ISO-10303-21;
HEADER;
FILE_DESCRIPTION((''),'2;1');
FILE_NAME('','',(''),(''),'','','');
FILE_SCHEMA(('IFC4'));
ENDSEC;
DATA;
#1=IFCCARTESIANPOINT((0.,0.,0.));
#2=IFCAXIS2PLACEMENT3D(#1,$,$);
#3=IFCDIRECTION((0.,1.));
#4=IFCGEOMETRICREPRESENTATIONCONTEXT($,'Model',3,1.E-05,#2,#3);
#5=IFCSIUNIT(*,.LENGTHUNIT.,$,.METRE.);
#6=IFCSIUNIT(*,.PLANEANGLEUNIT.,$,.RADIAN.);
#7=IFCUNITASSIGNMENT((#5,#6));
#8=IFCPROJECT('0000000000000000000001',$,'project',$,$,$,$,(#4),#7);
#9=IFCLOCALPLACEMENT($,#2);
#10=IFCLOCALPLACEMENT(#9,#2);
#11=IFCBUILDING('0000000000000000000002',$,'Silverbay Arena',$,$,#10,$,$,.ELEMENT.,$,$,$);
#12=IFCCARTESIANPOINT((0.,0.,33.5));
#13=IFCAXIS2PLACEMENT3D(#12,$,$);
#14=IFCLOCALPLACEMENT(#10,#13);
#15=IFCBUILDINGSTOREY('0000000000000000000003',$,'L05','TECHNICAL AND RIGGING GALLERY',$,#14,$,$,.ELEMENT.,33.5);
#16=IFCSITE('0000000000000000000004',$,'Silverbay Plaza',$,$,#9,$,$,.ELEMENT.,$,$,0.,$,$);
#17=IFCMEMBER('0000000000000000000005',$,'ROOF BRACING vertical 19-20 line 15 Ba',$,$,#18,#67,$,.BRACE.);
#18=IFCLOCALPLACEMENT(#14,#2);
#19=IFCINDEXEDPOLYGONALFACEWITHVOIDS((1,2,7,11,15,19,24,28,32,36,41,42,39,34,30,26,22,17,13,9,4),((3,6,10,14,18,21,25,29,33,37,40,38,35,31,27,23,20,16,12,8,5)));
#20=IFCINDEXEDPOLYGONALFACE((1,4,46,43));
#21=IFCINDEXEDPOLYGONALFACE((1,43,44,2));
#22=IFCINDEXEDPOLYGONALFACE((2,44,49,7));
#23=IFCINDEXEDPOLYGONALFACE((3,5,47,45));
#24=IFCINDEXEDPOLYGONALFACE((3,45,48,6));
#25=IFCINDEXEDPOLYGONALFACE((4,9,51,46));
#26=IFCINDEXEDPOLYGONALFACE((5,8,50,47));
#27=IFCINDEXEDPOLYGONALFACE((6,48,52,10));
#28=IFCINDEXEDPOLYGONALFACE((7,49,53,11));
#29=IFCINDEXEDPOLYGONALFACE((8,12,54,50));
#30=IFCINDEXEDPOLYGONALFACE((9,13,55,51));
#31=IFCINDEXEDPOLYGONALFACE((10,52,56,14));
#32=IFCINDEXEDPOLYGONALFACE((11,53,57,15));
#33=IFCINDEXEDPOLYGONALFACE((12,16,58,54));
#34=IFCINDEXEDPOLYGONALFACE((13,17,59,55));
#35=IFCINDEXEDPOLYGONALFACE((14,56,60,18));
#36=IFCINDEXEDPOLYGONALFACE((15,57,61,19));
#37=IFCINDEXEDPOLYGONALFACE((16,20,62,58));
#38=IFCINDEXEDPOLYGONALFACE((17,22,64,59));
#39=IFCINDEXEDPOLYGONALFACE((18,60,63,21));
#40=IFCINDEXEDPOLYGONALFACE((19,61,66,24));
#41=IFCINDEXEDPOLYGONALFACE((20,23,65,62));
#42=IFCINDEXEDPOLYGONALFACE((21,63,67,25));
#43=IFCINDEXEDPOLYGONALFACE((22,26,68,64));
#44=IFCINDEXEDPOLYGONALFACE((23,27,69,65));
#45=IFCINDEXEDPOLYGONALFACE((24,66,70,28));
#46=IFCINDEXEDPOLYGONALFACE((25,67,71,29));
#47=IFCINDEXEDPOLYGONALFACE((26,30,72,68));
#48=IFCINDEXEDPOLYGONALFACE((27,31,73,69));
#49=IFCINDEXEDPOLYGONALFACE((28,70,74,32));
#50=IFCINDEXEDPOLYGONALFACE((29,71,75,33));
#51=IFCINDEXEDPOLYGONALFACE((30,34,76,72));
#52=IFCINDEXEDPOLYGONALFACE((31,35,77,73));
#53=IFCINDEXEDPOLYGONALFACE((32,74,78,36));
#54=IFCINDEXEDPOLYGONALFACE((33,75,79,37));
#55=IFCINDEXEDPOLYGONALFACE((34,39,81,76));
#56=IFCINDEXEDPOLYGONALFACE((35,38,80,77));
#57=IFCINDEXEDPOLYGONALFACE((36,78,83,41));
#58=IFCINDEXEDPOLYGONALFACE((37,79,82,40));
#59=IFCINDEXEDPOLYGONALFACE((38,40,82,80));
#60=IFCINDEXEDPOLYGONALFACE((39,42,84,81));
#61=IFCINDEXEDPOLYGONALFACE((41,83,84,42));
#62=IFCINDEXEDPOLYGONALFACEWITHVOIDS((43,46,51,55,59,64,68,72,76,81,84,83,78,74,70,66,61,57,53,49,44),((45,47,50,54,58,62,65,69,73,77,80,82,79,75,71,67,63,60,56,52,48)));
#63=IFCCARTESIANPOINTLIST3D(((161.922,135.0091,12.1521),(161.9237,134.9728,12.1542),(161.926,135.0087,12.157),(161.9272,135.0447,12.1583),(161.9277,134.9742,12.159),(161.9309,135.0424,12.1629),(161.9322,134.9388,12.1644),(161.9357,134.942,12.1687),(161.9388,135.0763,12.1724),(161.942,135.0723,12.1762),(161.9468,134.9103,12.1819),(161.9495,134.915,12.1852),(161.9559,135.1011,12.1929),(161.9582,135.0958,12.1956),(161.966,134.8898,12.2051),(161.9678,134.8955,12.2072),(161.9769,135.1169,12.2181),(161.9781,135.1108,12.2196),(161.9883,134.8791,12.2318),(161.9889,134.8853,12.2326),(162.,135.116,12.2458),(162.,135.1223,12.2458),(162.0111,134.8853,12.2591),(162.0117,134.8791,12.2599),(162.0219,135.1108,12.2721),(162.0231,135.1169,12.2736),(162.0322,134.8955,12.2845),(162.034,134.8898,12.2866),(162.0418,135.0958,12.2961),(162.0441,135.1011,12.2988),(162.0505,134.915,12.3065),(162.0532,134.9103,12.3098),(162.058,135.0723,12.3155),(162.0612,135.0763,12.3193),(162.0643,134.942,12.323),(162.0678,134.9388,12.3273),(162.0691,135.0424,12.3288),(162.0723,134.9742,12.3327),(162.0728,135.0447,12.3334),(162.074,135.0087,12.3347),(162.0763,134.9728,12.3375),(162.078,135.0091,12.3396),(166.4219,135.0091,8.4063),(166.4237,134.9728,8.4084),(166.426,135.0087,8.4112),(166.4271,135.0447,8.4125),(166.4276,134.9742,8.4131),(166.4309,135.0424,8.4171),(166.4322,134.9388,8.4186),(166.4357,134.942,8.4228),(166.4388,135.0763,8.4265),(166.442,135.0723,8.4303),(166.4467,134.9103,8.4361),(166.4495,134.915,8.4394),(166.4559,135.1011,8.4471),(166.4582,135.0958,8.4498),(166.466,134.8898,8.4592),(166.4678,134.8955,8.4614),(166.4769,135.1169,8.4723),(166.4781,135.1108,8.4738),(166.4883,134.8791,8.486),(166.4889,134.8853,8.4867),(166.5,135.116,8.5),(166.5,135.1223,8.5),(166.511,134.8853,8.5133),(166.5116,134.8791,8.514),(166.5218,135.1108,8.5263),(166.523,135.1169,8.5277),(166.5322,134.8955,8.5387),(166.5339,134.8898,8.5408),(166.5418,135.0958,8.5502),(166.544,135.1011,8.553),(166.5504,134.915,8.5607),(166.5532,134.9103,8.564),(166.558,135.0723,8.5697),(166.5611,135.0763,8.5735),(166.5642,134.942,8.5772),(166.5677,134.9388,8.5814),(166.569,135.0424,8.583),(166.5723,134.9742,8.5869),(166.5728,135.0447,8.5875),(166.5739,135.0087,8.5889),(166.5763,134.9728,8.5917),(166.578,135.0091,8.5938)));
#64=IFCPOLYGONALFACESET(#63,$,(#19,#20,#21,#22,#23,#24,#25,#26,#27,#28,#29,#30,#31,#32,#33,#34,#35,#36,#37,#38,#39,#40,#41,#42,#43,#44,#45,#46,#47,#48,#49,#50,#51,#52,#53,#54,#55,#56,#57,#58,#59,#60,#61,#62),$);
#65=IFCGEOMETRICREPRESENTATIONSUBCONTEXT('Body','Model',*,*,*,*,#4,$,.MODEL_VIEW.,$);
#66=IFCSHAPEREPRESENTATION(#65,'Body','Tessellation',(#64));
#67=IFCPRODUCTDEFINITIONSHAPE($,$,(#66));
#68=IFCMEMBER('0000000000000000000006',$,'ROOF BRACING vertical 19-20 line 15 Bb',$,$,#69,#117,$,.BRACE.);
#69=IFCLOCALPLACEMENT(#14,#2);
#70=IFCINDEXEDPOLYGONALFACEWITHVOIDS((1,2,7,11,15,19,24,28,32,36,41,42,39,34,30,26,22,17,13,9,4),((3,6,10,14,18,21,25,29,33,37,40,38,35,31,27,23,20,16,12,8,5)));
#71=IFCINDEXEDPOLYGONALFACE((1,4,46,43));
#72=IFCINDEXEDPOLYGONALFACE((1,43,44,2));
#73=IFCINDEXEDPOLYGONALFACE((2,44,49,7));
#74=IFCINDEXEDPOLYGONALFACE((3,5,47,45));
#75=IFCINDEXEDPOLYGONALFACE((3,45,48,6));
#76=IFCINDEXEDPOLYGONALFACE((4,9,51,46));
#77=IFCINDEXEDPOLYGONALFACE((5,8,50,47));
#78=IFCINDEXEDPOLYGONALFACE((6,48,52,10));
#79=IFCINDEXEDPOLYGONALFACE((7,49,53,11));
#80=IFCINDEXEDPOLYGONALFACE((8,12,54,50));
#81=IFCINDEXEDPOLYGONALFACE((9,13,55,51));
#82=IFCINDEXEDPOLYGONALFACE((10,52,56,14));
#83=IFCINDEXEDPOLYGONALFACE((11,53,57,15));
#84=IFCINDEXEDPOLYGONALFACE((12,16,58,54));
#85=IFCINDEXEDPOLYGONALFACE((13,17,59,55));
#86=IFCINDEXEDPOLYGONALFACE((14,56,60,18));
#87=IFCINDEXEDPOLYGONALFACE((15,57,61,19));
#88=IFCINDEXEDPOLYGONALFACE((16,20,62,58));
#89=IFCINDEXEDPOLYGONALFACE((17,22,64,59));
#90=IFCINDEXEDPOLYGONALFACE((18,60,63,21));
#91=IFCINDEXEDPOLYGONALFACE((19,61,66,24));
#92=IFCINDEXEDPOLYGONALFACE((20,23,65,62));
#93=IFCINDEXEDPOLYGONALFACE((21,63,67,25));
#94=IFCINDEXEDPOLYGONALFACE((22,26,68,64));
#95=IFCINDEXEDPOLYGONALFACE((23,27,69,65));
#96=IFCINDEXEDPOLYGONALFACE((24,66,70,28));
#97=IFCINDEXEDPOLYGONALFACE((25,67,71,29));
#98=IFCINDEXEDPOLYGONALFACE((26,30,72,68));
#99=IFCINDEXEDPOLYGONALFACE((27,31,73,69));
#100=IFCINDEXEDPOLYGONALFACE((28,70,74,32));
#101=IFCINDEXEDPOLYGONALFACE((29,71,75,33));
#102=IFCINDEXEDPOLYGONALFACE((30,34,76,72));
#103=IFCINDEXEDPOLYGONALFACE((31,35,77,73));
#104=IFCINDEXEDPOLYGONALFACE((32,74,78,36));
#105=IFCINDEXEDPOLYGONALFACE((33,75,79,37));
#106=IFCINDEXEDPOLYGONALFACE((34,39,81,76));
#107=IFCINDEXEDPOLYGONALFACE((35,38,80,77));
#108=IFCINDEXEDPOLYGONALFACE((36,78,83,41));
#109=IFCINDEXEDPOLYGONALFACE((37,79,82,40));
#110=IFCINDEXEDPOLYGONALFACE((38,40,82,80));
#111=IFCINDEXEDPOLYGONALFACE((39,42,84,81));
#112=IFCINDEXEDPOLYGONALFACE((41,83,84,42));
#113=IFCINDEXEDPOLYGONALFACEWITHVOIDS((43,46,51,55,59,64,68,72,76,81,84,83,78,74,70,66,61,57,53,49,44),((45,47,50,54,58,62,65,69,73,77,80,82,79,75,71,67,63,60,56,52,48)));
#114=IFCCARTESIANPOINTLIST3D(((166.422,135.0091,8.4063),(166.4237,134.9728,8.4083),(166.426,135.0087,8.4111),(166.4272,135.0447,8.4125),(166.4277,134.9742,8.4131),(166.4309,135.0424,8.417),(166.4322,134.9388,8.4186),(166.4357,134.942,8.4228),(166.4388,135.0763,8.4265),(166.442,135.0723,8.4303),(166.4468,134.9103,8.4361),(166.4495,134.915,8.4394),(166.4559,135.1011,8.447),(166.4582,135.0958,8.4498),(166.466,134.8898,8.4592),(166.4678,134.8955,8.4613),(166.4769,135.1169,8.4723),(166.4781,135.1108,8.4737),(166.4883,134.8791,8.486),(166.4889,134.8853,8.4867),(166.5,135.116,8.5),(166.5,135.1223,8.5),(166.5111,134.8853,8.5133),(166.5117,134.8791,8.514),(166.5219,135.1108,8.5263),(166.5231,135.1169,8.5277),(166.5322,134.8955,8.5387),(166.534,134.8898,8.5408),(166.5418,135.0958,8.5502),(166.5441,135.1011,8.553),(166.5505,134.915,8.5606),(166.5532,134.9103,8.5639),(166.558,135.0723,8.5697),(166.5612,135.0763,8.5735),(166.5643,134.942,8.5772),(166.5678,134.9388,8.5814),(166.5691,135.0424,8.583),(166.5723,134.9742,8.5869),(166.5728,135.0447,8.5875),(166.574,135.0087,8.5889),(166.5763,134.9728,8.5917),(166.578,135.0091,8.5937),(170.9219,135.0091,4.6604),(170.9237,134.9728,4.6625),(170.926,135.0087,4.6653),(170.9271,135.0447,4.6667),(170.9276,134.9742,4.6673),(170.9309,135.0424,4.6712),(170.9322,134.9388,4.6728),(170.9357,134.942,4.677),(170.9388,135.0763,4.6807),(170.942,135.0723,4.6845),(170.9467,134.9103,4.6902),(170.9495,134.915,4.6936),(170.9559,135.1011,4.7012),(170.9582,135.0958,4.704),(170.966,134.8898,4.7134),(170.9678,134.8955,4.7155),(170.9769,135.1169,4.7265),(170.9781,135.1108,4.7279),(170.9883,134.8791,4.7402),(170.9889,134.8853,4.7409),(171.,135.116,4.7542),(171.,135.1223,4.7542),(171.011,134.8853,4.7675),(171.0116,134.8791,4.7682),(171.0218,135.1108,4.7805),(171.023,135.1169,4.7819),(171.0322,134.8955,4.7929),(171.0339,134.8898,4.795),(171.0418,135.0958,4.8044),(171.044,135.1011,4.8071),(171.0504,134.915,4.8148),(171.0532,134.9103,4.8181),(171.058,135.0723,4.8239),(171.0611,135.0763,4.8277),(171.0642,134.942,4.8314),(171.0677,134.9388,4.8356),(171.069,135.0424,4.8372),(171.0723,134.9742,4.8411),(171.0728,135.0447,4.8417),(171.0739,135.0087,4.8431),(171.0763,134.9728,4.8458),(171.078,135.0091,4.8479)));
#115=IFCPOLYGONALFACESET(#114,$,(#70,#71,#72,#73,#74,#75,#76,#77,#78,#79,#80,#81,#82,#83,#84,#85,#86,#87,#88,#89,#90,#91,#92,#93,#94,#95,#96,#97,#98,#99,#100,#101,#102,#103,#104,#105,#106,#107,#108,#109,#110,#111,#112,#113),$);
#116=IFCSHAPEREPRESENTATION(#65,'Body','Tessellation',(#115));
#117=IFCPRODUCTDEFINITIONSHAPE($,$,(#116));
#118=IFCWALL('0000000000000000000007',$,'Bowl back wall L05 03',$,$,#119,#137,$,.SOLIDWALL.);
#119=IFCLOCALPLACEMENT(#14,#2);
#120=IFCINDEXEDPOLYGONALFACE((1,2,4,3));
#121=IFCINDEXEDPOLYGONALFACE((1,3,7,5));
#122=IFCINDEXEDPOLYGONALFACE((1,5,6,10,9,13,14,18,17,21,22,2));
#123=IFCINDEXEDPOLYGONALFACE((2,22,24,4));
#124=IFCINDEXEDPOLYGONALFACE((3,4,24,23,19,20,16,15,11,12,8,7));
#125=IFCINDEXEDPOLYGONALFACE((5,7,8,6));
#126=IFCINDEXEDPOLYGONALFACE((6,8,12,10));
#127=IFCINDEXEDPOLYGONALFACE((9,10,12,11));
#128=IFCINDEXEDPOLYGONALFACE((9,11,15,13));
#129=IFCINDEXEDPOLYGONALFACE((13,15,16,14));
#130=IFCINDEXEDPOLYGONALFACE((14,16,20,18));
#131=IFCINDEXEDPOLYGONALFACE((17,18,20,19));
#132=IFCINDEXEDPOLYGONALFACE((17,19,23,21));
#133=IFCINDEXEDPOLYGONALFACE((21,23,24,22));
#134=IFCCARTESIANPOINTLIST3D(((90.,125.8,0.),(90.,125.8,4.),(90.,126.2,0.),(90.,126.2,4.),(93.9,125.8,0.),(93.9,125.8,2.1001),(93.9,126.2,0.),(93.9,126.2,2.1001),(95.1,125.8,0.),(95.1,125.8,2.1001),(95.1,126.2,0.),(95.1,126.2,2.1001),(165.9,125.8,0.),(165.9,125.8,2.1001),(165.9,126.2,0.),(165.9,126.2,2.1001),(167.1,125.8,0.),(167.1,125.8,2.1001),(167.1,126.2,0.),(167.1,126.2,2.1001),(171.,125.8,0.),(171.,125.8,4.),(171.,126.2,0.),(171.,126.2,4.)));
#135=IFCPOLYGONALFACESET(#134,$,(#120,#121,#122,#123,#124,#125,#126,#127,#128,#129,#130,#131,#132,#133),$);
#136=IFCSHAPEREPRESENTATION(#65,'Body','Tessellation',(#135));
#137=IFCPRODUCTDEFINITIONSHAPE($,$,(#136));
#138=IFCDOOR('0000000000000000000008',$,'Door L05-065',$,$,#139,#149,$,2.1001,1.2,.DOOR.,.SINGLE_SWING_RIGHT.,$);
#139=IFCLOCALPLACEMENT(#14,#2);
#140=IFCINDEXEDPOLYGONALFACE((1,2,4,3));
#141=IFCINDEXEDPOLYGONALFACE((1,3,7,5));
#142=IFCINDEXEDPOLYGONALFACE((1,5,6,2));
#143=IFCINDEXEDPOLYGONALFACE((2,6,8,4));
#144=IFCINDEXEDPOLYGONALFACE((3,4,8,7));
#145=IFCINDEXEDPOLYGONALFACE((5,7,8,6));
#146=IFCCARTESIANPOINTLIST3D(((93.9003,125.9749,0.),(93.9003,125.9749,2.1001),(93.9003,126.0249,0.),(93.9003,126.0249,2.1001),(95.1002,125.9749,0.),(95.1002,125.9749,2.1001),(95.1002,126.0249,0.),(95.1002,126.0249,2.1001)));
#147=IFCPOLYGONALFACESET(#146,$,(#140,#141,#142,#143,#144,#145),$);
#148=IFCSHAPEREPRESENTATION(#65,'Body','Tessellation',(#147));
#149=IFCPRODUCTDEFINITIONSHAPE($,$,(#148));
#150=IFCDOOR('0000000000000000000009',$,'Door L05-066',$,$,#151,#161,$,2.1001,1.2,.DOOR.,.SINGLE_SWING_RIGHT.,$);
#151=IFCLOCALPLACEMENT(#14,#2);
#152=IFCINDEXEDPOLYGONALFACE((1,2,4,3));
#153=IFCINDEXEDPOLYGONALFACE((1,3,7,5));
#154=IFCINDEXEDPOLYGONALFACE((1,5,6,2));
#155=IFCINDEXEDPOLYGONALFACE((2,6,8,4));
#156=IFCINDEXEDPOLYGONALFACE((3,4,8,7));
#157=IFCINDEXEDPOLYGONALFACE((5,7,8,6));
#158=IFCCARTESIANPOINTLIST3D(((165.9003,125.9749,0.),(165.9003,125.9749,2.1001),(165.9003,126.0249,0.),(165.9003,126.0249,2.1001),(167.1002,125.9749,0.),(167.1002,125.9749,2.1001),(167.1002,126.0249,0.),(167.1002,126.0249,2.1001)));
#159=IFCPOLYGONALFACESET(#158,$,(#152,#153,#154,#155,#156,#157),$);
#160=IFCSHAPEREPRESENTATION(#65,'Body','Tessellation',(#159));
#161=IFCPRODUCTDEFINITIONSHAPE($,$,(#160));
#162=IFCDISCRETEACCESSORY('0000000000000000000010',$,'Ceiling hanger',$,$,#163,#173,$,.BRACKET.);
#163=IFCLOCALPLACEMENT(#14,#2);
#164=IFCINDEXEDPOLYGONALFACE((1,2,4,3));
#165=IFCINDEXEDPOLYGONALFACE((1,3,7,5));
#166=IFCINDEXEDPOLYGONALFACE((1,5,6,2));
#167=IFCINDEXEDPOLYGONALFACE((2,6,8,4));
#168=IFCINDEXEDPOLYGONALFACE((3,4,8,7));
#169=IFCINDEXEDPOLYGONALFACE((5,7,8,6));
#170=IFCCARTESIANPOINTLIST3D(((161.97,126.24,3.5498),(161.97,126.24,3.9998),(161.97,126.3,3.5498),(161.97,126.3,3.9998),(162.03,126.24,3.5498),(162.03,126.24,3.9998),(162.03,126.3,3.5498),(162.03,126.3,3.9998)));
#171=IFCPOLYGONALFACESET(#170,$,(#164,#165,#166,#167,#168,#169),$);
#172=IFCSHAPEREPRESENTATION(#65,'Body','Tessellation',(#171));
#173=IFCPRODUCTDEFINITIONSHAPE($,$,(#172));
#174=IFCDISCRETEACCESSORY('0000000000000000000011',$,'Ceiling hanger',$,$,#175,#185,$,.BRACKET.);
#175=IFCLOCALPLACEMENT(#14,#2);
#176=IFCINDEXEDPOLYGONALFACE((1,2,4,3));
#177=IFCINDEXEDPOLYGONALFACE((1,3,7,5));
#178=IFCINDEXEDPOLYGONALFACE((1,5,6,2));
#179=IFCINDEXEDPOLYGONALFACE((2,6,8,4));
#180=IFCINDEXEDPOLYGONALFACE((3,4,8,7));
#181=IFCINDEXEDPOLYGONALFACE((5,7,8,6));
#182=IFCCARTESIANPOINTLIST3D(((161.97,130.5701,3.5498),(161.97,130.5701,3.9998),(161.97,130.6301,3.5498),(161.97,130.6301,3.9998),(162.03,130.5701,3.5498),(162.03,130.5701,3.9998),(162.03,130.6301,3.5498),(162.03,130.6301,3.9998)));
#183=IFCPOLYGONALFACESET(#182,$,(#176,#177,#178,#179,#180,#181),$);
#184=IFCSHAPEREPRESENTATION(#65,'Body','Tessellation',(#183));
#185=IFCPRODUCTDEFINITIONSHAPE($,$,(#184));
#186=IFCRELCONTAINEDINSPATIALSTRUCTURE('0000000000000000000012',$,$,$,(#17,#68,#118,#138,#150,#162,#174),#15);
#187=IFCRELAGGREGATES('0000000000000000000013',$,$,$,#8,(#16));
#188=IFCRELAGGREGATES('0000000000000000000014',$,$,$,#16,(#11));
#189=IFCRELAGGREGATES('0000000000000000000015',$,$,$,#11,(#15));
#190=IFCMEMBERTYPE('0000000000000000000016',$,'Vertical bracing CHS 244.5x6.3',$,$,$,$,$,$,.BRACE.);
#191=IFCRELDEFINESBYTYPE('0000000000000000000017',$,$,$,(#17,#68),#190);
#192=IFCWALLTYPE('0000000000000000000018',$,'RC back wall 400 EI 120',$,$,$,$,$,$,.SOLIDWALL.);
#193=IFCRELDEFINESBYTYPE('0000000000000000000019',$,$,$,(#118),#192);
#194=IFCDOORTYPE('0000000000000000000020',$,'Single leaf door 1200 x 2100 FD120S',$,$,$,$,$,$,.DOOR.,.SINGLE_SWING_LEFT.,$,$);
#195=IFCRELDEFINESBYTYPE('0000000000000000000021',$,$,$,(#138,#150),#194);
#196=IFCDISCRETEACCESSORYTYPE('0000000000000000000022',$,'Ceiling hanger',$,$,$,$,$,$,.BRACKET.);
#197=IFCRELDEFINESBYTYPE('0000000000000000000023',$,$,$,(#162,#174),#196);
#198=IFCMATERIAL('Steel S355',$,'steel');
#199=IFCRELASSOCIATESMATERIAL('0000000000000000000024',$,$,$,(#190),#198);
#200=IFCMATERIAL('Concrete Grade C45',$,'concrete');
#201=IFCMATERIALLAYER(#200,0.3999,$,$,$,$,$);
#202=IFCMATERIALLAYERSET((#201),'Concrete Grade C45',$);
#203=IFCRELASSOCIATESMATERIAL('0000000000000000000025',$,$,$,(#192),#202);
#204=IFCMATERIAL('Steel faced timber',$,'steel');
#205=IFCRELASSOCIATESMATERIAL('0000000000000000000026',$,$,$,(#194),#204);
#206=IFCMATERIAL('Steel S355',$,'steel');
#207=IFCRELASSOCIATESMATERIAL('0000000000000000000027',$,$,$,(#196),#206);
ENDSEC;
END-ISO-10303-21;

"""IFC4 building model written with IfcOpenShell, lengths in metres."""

from ifc_helpers import new_model, si_unit, direction, frame, frame_2d, origin, origin_2d, place, context, subcontext, project, spatial, rectangle, hollow_circle, extrude, material, layer, layer_set, material_profile, profile_set, type_object, element, fill, save


model = new_model("IFC4")

# Units and contexts
model_context = context("Model", 3, precision=1e-05, world=origin(), true_north=direction((0.0, 1.0)))
body_context = subcontext(model_context, "Body", "Model", "MODEL_VIEW")
ifc_project = project(units=[si_unit("LENGTHUNIT", "METRE"), si_unit("PLANEANGLEUNIT", "RADIAN")], contexts=[model_context])

# Site, building, storey
site_placement = place(None, origin())
site = spatial("IfcSite", under=ifc_project, at=site_placement, Name="Silverbay Plaza", CompositionType="ELEMENT", RefElevation=0.0)
building_placement = place(site_placement, origin())
building = spatial("IfcBuilding", under=site, at=building_placement, Name="Silverbay Arena", CompositionType="ELEMENT")
storey_placement = place(building_placement, frame((0.0, 0.0, 33.5)))
storey = spatial("IfcBuildingStorey", under=building, at=storey_placement, Name="L05", Description="TECHNICAL AND RIGGING GALLERY", CompositionType="ELEMENT", Elevation=33.5)

# Members
ifc_material_1 = material(Name="Steel S355", Category="steel")
ifc_material_profile_1 = material_profile(ifc_material_1, hollow_circle(Radius=0.1223, WallThickness=0.0063, at=origin_2d()), Name="CHS 244.5x6.3")
ifc_profile_set_1 = profile_set([ifc_material_profile_1], Name="Steel S355")
member_type_1 = type_object("IfcMemberType", Name="Vertical bracing CHS 244.5x6.3", PredefinedType="BRACE", material=ifc_profile_set_1)
for number, where, z_axis, x_axis, name in (
    (1, (162.0, 135.0, 12.2458), (0.76857, 0.0, -0.639766), (0.0, 1.0, 0.0), "ROOF BRACING vertical 19-20 line 15 Ba"),
    (2, (166.5, 135.0, 8.5), (0.76857, 0.0, -0.639766), (0.0, 1.0, 0.0), "ROOF BRACING vertical 19-20 line 15 Bb"),
):
    element("IfcMember", number, at=place(storey_placement, frame(where, z_axis=z_axis, x_axis=x_axis)), inside=storey, type_object=member_type_1, Name=name, PredefinedType="BRACE", context=body_context, shape_type="SweptSolid", body=[
        extrude(hollow_circle(Radius=0.1223, WallThickness=0.0063, at=origin_2d()), origin(), (0.0, 0.0, 1.0), 5.855),
    ])

# Wall, openings, doors
ifc_material_2 = material(Name="Concrete Grade C45", Category="concrete")
ifc_layer = layer(ifc_material_2, 0.3999)
ifc_layer_set = layer_set([ifc_layer], Name="Concrete Grade C45")
wall_type = type_object("IfcWallType", Name="RC back wall 400 EI 120", PredefinedType="SOLIDWALL", material=ifc_layer_set)
wall_placement = place(storey_placement, frame((171.0, 126.0, 0.0), z_axis=(0.0, 0.0, 1.0), x_axis=(-1.0, 0.0, 0.0)))
wall = element("IfcWall", 3, at=wall_placement, inside=storey, type_object=wall_type, Name="Bowl back wall L05 03", PredefinedType="SOLIDWALL", context=body_context, shape_type="SweptSolid", body=[
    extrude(rectangle(XDim=81.0, YDim=0.3999, at=frame_2d((40.5, 0.0))), origin(), (0.0, 0.0, 1.0), 4.0),
])
opening_1_placement = place(wall_placement, frame((75.8999, 0.0, 0.0)))
opening_1 = element("IfcOpeningElement", 4, at=opening_1_placement, cuts=wall, PredefinedType="OPENING", context=body_context, shape_type="SweptSolid", body=[
    extrude(rectangle(XDim=1.2, YDim=2.1001, at=frame_2d((0.6001, 1.05))), frame((0.0, 0.21, 0.0), z_axis=(0.0, -1.0, 0.0), x_axis=(1.0, 0.0, 0.0)), (0.0, 0.0, 1.0), 0.4199),
])
opening_2_placement = place(wall_placement, frame((3.8999, 0.0, 0.0)))
opening_2 = element("IfcOpeningElement", 5, at=opening_2_placement, cuts=wall, PredefinedType="OPENING", context=body_context, shape_type="SweptSolid", body=[
    extrude(rectangle(XDim=1.2, YDim=2.1001, at=frame_2d((0.6001, 1.05))), frame((0.0, 0.21, 0.0), z_axis=(0.0, -1.0, 0.0), x_axis=(1.0, 0.0, 0.0)), (0.0, 0.0, 1.0), 0.4199),
])
ifc_material_3 = material(Name="Steel faced timber", Category="steel")
door_type = type_object("IfcDoorType", Name="Single leaf door 1200 x 2100 FD120S", OperationType="SINGLE_SWING_LEFT", PredefinedType="DOOR", material=ifc_material_3)
door_1_placement = place(opening_1_placement, frame((1.2, 0.0, 0.0), z_axis=(0.0, 0.0, 1.0), x_axis=(-1.0, 0.0, 0.0)))
door_1 = element("IfcDoor", 6, at=door_1_placement, inside=storey, type_object=door_type, Name="Door L05-065", OperationType="SINGLE_SWING_RIGHT", OverallHeight=2.1001, OverallWidth=1.2, PredefinedType="DOOR", context=body_context, shape_type="SweptSolid", body=[
    extrude(rectangle(XDim=1.2, YDim=2.1001, at=frame_2d((0.6001, 1.05))), frame((0.0, 0.0249, 0.0), z_axis=(0.0, -1.0, 0.0), x_axis=(1.0, 0.0, 0.0)), (0.0, 0.0, 1.0), 0.05),
])
fill(opening_1, door_1)
door_2_placement = place(opening_2_placement, frame((1.2, 0.0, 0.0), z_axis=(0.0, 0.0, 1.0), x_axis=(-1.0, 0.0, 0.0)))
door_2 = element("IfcDoor", 7, at=door_2_placement, inside=storey, type_object=door_type, Name="Door L05-066", OperationType="SINGLE_SWING_RIGHT", OverallHeight=2.1001, OverallWidth=1.2, PredefinedType="DOOR", context=body_context, shape_type="SweptSolid", body=[
    extrude(rectangle(XDim=1.2, YDim=2.1001, at=frame_2d((0.6001, 1.05))), frame((0.0, 0.0249, 0.0), z_axis=(0.0, -1.0, 0.0), x_axis=(1.0, 0.0, 0.0)), (0.0, 0.0, 1.0), 0.05),
])
fill(opening_2, door_2)

# Discrete accessories
ifc_material_4 = material(Name="Steel S355", Category="steel")
discrete_accessory_type = type_object("IfcDiscreteAccessoryType", Name="Ceiling hanger", PredefinedType="BRACKET", material=ifc_material_4)
for number, where, z_axis, x_axis, name in (
    (8, (162.0, 126.27, 3.5498), (0.0, 0.0, 1.0), (1.0, 0.0, 0.0), "Ceiling hanger"),
    (9, (162.0, 130.6001, 3.5498), (0.0, 0.0, 1.0), (1.0, 0.0, 0.0), "Ceiling hanger"),
):
    element("IfcDiscreteAccessory", number, at=place(storey_placement, frame(where, z_axis=z_axis, x_axis=x_axis)), inside=storey, type_object=discrete_accessory_type, Name=name, PredefinedType="BRACKET", context=body_context, shape_type="SweptSolid", body=[
        extrude(rectangle(XDim=0.0601, YDim=0.0601, at=origin_2d()), origin(), (0.0, 0.0, 1.0), 0.45),
    ])

save(model, "model.ifc")
